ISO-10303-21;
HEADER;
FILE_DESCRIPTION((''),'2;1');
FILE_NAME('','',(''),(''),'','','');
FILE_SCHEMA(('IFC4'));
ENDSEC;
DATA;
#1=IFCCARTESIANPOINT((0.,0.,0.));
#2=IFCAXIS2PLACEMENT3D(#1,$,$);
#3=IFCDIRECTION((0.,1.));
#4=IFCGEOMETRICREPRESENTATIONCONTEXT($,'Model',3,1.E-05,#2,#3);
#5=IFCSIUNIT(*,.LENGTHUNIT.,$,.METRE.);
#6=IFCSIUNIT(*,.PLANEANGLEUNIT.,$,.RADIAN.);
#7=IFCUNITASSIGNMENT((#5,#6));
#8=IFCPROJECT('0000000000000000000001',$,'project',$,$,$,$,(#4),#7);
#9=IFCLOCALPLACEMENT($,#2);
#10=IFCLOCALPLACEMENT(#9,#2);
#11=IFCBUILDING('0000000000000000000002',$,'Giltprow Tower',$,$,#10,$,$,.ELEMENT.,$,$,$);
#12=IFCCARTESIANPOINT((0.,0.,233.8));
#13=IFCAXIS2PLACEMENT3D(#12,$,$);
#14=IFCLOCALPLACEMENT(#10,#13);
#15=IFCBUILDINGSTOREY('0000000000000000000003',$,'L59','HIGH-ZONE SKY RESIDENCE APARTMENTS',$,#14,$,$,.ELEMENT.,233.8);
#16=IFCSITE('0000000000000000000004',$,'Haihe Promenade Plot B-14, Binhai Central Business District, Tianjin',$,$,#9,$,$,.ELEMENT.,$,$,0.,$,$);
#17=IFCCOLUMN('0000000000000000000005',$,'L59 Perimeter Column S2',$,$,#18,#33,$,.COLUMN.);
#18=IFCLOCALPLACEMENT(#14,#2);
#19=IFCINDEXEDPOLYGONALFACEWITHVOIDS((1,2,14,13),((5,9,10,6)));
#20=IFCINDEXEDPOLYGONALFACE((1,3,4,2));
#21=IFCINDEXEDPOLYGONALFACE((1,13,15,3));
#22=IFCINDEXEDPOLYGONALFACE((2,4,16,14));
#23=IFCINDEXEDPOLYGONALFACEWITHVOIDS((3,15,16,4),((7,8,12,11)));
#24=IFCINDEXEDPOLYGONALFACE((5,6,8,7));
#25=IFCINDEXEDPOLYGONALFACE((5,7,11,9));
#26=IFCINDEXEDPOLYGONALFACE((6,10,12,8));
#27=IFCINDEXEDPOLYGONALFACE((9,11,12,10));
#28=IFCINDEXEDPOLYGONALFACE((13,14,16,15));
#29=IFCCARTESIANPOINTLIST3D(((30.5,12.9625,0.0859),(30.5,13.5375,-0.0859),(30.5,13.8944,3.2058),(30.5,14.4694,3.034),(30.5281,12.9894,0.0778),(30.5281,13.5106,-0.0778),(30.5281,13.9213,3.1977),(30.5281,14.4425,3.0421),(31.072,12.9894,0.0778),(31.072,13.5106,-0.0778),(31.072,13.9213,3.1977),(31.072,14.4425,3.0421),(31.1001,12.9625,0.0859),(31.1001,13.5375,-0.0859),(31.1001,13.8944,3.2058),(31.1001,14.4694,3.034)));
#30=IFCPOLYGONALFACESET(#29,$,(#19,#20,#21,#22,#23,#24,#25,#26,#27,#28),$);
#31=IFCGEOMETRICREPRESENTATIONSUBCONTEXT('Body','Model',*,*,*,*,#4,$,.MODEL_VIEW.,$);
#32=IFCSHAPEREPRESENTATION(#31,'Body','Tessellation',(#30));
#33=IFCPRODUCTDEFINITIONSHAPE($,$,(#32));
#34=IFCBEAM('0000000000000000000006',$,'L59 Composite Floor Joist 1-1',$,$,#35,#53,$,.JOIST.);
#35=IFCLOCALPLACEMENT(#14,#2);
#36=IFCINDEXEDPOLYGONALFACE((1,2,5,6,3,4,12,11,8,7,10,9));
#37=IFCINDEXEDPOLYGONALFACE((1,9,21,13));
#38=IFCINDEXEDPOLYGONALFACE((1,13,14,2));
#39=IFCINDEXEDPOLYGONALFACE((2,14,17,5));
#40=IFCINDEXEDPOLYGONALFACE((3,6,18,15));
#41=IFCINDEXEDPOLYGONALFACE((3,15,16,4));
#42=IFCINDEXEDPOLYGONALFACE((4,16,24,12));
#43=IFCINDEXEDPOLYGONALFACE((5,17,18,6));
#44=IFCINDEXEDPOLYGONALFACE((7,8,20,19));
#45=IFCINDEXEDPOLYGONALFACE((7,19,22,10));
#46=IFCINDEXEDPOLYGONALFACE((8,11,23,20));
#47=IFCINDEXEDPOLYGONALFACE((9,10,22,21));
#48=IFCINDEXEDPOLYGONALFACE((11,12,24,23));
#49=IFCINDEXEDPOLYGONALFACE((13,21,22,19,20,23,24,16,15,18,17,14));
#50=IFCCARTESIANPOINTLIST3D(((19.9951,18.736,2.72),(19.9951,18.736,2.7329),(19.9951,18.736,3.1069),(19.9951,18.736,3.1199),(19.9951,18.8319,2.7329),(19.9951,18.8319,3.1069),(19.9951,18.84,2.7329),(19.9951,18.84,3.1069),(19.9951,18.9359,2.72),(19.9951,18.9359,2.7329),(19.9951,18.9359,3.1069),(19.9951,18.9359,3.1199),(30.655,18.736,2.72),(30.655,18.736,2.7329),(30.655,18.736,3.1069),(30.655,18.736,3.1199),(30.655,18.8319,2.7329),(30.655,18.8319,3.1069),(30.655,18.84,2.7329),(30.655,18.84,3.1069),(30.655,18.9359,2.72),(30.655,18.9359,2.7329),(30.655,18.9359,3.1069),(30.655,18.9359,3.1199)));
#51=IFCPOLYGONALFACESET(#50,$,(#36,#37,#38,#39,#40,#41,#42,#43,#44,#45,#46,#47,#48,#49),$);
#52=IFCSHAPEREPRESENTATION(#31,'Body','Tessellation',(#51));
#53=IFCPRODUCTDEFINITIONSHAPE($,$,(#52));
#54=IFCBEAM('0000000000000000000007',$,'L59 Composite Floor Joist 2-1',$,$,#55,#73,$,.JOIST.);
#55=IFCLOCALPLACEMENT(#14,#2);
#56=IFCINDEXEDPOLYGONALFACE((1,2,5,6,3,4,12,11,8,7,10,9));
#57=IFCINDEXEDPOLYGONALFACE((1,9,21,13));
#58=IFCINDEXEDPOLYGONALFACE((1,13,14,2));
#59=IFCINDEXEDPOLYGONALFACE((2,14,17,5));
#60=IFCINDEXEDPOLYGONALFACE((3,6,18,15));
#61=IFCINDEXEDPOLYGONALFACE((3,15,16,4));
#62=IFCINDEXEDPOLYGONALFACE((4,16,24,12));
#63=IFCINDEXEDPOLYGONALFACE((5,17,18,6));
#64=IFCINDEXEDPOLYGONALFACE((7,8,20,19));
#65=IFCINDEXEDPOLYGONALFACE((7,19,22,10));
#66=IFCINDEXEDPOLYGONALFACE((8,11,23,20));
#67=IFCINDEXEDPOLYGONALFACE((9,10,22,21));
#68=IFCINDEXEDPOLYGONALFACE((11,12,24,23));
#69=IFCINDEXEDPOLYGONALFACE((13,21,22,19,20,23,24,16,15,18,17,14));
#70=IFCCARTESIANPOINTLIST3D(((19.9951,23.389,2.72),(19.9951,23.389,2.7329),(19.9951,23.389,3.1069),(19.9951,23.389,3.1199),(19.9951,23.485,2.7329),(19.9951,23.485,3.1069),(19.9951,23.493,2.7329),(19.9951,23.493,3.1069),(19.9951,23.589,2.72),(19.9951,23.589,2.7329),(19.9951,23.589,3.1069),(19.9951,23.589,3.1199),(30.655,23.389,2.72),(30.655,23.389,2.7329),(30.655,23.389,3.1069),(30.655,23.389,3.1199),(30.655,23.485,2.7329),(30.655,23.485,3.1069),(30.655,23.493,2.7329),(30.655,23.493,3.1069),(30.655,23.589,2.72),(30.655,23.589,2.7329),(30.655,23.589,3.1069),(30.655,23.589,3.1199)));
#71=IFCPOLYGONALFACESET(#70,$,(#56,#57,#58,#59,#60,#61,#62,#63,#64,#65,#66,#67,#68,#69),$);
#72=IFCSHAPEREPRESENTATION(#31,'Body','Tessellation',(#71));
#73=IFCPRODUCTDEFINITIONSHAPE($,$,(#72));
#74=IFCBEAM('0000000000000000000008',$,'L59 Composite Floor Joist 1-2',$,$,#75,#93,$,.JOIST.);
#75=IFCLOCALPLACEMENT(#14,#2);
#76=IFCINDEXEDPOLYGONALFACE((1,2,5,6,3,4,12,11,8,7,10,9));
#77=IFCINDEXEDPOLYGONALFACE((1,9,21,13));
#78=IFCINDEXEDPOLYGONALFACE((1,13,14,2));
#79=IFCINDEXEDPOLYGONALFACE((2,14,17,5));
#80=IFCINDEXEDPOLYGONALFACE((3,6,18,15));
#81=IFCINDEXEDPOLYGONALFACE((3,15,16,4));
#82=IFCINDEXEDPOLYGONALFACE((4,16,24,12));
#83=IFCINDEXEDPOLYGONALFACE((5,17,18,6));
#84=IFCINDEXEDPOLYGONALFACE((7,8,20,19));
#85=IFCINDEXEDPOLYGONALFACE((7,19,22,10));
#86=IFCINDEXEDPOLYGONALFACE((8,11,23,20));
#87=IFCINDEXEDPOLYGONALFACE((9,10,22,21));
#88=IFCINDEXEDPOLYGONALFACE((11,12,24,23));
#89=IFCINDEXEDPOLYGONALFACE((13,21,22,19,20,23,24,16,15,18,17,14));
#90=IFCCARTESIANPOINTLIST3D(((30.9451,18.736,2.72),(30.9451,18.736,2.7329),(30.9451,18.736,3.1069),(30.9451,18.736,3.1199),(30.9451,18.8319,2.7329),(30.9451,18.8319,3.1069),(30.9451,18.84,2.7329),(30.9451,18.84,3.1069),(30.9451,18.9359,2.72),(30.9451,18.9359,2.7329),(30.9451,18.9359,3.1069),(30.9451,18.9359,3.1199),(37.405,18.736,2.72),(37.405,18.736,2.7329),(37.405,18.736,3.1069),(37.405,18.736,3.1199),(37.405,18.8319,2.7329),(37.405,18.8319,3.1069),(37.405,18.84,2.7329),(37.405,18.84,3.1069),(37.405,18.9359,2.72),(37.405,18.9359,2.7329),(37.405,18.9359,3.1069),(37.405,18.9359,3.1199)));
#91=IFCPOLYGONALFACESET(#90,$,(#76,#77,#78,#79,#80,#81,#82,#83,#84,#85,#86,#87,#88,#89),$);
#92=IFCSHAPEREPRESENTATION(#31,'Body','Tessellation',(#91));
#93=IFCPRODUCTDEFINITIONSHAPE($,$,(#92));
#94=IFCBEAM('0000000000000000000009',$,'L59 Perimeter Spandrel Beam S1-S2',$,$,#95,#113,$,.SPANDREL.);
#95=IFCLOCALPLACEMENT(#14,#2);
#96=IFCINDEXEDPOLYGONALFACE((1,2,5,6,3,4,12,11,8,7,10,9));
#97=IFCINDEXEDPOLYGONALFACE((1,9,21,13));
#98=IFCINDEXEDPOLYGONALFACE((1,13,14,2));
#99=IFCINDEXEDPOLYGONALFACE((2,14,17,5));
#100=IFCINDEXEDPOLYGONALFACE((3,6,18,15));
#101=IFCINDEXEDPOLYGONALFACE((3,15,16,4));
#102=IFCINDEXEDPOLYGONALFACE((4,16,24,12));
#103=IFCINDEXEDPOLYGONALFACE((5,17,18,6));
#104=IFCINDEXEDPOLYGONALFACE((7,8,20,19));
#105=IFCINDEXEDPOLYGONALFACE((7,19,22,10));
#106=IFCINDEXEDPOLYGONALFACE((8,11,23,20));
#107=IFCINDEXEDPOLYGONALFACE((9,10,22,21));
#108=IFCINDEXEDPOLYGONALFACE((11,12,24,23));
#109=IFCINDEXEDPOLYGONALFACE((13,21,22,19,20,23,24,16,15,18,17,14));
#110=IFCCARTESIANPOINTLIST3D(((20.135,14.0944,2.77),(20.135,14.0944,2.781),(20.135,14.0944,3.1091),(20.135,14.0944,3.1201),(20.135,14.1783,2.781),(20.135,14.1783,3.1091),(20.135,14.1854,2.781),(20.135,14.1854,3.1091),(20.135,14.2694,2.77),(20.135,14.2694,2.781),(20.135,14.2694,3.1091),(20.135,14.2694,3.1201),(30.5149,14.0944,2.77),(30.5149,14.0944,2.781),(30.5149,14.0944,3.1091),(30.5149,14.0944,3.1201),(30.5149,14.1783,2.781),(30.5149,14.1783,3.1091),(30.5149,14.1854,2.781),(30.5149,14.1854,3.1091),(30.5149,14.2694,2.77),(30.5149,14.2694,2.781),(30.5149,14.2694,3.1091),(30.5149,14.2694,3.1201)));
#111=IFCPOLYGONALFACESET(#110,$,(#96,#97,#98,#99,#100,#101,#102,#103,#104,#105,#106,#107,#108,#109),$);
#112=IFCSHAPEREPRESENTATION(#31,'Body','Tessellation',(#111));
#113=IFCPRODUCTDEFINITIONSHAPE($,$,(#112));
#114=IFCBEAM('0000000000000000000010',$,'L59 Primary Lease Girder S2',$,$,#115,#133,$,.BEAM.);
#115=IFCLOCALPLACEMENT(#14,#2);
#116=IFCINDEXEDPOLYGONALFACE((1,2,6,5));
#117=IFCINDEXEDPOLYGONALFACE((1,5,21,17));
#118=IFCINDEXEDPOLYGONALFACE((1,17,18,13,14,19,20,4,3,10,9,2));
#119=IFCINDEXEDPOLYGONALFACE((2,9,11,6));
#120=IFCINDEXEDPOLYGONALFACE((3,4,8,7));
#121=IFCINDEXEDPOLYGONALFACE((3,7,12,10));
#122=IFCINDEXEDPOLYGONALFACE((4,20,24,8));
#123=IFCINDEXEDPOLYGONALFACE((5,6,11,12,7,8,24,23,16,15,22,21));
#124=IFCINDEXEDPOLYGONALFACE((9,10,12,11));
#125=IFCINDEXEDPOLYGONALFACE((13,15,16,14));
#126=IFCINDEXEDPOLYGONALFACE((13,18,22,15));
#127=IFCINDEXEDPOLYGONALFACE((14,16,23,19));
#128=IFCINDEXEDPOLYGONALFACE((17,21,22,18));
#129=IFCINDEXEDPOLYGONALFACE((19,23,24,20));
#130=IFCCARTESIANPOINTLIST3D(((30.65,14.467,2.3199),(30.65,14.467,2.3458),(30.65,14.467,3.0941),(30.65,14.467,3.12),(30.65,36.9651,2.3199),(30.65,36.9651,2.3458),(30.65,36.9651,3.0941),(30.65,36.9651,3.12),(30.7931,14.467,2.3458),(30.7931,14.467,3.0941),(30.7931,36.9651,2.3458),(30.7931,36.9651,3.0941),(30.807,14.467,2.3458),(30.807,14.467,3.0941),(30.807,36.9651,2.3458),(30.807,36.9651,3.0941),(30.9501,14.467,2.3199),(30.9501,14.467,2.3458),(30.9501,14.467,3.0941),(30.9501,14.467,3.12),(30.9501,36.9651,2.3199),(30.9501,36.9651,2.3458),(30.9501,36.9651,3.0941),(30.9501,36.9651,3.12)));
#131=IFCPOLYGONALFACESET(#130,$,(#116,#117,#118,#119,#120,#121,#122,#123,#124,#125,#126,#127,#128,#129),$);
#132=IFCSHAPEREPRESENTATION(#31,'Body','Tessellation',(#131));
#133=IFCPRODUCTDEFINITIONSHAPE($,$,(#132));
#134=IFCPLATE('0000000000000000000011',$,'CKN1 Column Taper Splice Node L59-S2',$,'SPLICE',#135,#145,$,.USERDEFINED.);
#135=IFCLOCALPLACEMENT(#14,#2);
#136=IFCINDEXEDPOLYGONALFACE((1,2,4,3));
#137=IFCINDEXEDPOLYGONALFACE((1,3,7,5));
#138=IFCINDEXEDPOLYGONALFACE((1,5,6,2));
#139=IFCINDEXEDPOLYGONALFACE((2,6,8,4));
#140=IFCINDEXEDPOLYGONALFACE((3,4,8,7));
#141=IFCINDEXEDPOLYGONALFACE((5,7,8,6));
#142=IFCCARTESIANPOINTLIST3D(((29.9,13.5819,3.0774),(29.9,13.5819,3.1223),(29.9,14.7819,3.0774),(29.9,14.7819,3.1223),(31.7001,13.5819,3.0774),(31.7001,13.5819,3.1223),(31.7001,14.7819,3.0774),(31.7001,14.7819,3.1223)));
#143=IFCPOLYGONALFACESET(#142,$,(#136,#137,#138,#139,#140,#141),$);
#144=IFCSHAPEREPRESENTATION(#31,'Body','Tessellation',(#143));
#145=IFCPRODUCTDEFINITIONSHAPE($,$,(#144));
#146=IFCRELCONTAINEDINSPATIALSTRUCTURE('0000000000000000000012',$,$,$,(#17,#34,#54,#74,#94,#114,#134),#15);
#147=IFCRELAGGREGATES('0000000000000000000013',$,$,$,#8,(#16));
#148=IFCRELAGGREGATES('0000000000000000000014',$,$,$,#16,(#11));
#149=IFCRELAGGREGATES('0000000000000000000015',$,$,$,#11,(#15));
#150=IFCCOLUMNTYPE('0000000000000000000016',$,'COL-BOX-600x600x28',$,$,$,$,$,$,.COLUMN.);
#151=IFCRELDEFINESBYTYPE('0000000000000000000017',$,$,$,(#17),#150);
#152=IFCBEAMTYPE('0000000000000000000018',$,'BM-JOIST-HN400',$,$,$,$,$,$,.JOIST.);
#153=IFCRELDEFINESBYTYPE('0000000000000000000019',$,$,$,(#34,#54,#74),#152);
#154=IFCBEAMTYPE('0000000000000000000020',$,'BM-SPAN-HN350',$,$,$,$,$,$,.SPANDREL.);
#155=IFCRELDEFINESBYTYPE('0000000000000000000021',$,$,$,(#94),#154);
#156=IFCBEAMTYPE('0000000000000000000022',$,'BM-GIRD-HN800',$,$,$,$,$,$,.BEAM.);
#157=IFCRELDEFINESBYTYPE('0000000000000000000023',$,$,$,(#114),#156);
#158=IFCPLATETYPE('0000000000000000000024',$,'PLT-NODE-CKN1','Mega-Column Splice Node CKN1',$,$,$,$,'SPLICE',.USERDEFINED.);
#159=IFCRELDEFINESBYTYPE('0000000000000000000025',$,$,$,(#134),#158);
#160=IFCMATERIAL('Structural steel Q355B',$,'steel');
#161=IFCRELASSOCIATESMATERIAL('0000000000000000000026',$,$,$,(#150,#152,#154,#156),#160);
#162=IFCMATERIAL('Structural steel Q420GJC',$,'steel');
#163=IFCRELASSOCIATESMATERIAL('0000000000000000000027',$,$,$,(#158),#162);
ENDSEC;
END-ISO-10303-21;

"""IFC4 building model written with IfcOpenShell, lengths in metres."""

from ifc_helpers import new_model, si_unit, direction, frame, origin, origin_2d, place, context, subcontext, project, spatial, rectangle, hollow_rectangle, i_section, extrude, source, transform, mapped, material, material_profile, profile_set, type_object, element, save


model = new_model("IFC4")

# Units and contexts
model_context = context("Model", 3, precision=1e-05, world=origin(), true_north=direction((0.0, 1.0)))
body_context = subcontext(model_context, "Body", "Model", "MODEL_VIEW")
ifc_project = project(units=[si_unit("LENGTHUNIT", "METRE"), si_unit("PLANEANGLEUNIT", "RADIAN")], contexts=[model_context])

# Site, building, storey
site_placement = place(None, origin())
site = spatial("IfcSite", under=ifc_project, at=site_placement, Name="Haihe Promenade Plot B-14, Binhai Central Business District, Tianjin", CompositionType="ELEMENT", RefElevation=0.0)
building_placement = place(site_placement, origin())
building = spatial("IfcBuilding", under=site, at=building_placement, Name="Giltprow Tower", CompositionType="ELEMENT")
storey_placement = place(building_placement, frame((0.0, 0.0, 233.8)))
storey = spatial("IfcBuildingStorey", under=building, at=storey_placement, Name="L59", Description="HIGH-ZONE SKY RESIDENCE APARTMENTS", CompositionType="ELEMENT", Elevation=233.8)

# Column
ifc_material_1 = material(Name="Structural steel Q355B", Category="steel")
ifc_material_profile_1 = material_profile(ifc_material_1, hollow_rectangle(XDim=0.6001, YDim=0.6001, WallThickness=0.0281, at=origin_2d()), Name="BOX 600x600x28")
ifc_profile_set_1 = profile_set([ifc_material_profile_1], Name="Structural steel Q355B")
column_type = type_object("IfcColumnType", Name="COL-BOX-600x600x28", PredefinedType="COLUMN", material=ifc_profile_set_1)
shared_shape_1 = source(origin(), body_context, "Body", "SweptSolid", [
    extrude(hollow_rectangle(XDim=0.6001, YDim=0.6001, WallThickness=0.0281, at=origin_2d()), origin(), (0.0, 0.0, 1.0), 3.2561),
])
column_placement = place(storey_placement, frame((30.8, 13.25, 0.0), z_axis=(0.0, 0.286199, 0.95817), x_axis=(-1.0, 0.0, 0.0)))
element("IfcColumn", 1, at=column_placement, inside=storey, type_object=column_type, Name="L59 Perimeter Column S2", PredefinedType="COLUMN", context=body_context, shape_type="MappedRepresentation", body=[
    mapped(shared_shape_1, transform((0.0, 0.0, 0.0), x_axis=(1.0, 0.0, 0.0), y_axis=(0.0, 1.0, 0.0), z_axis=(0.0, 0.0, 1.0), scale=1.0)),
])

# Beams
ifc_material_profile_2 = material_profile(ifc_material_1, i_section(OverallWidth=0.2, OverallDepth=0.3999, WebThickness=0.0081, FlangeThickness=0.0129, at=origin_2d()), Name="HN 400x200x8x13")
ifc_profile_set_2 = profile_set([ifc_material_profile_2], Name="Structural steel Q355B")
beam_type_1 = type_object("IfcBeamType", Name="BM-JOIST-HN400", PredefinedType="JOIST", material=ifc_profile_set_2)
shared_shape_2 = source(origin(), body_context, "Body", "SweptSolid", [
    extrude(i_section(OverallWidth=0.2, OverallDepth=0.3999, WebThickness=0.0081, FlangeThickness=0.0129, at=origin_2d()), origin(), (0.0, 0.0, 1.0), 10.6599),
])
for number, where, z_axis, x_axis, name in (
    (2, (19.9951, 18.8359, 2.9199), (1.0, 0.0, 0.0), (0.0, 1.0, 0.0), "L59 Composite Floor Joist 1-1"),
    (3, (19.9951, 23.489, 2.9199), (1.0, 0.0, 0.0), (0.0, 1.0, 0.0), "L59 Composite Floor Joist 2-1"),
):
    element("IfcBeam", number, at=place(storey_placement, frame(where, z_axis=z_axis, x_axis=x_axis)), inside=storey, type_object=beam_type_1, Name=name, PredefinedType="JOIST", context=body_context, shape_type="MappedRepresentation", body=[
        mapped(shared_shape_2, transform((0.0, 0.0, 0.0), x_axis=(1.0, 0.0, 0.0), y_axis=(0.0, 1.0, 0.0), z_axis=(0.0, 0.0, 1.0), scale=1.0)),
    ])
shared_shape_3 = source(origin(), body_context, "Body", "SweptSolid", [
    extrude(i_section(OverallWidth=0.2, OverallDepth=0.3999, WebThickness=0.0081, FlangeThickness=0.0129, at=origin_2d()), origin(), (0.0, 0.0, 1.0), 6.46),
])
beam_1_placement = place(storey_placement, frame((30.9451, 18.8359, 2.9199), z_axis=(1.0, 0.0, 0.0), x_axis=(0.0, 1.0, 0.0)))
element("IfcBeam", 4, at=beam_1_placement, inside=storey, type_object=beam_type_1, Name="L59 Composite Floor Joist 1-2", PredefinedType="JOIST", context=body_context, shape_type="MappedRepresentation", body=[
    mapped(shared_shape_3, transform((0.0, 0.0, 0.0), x_axis=(1.0, 0.0, 0.0), y_axis=(0.0, 1.0, 0.0), z_axis=(0.0, 0.0, 1.0), scale=1.0)),
])
ifc_material_profile_3 = material_profile(ifc_material_1, i_section(OverallWidth=0.175, OverallDepth=0.3501, WebThickness=0.0071, FlangeThickness=0.011, at=origin_2d()), Name="HN 350x175x7x11")
ifc_profile_set_3 = profile_set([ifc_material_profile_3], Name="Structural steel Q355B")
beam_type_2 = type_object("IfcBeamType", Name="BM-SPAN-HN350", PredefinedType="SPANDREL", material=ifc_profile_set_3)
shared_shape_4 = source(origin(), body_context, "Body", "SweptSolid", [
    extrude(i_section(OverallWidth=0.175, OverallDepth=0.3501, WebThickness=0.0071, FlangeThickness=0.011, at=origin_2d()), origin(), (0.0, 0.0, 1.0), 10.3799),
])
beam_2_placement = place(storey_placement, frame((20.135, 14.1819, 2.9451), z_axis=(1.0, 0.0, 0.0), x_axis=(0.0, 1.0, 0.0)))
element("IfcBeam", 5, at=beam_2_placement, inside=storey, type_object=beam_type_2, Name="L59 Perimeter Spandrel Beam S1-S2", PredefinedType="SPANDREL", context=body_context, shape_type="MappedRepresentation", body=[
    mapped(shared_shape_4, transform((0.0, 0.0, 0.0), x_axis=(1.0, 0.0, 0.0), y_axis=(0.0, 1.0, 0.0), z_axis=(0.0, 0.0, 1.0), scale=1.0)),
])
ifc_material_profile_4 = material_profile(ifc_material_1, i_section(OverallWidth=0.3, OverallDepth=0.8, WebThickness=0.0139, FlangeThickness=0.0259, at=origin_2d()), Name="HN 800x300x14x26")
ifc_profile_set_4 = profile_set([ifc_material_profile_4], Name="Structural steel Q355B")
beam_type_3 = type_object("IfcBeamType", Name="BM-GIRD-HN800", PredefinedType="BEAM", material=ifc_profile_set_4)
shared_shape_5 = source(origin(), body_context, "Body", "SweptSolid", [
    extrude(i_section(OverallWidth=0.3, OverallDepth=0.8, WebThickness=0.0139, FlangeThickness=0.0259, at=origin_2d()), origin(), (0.0, 0.0, 1.0), 22.498),
])
beam_3_placement = place(storey_placement, frame((30.8, 14.467, 2.72), z_axis=(0.0, 1.0, 0.0), x_axis=(-1.0, 0.0, 0.0)))
element("IfcBeam", 6, at=beam_3_placement, inside=storey, type_object=beam_type_3, Name="L59 Primary Lease Girder S2", PredefinedType="BEAM", context=body_context, shape_type="MappedRepresentation", body=[
    mapped(shared_shape_5, transform((0.0, 0.0, 0.0), x_axis=(1.0, 0.0, 0.0), y_axis=(0.0, 1.0, 0.0), z_axis=(0.0, 0.0, 1.0), scale=1.0)),
])

# Plate
ifc_material_2 = material(Name="Structural steel Q420GJC", Category="steel")
plate_type = type_object("IfcPlateType", Name="PLT-NODE-CKN1", Description="Mega-Column Splice Node CKN1", ElementType="SPLICE", PredefinedType="USERDEFINED", material=ifc_material_2)
shared_shape_6 = source(origin(), body_context, "Body", "SweptSolid", [
    extrude(rectangle(XDim=1.8, YDim=1.2, at=origin_2d()), origin(), (0.0, 0.0, 1.0), 0.0449),
])
plate_placement = place(storey_placement, frame((30.8, 14.1819, 3.0774), z_axis=(0.0, 0.0, 1.0), x_axis=(1.0, 0.0, 0.0)))
element("IfcPlate", 7, at=plate_placement, inside=storey, type_object=plate_type, Name="CKN1 Column Taper Splice Node L59-S2", ObjectType="SPLICE", PredefinedType="USERDEFINED", context=body_context, shape_type="MappedRepresentation", body=[
    mapped(shared_shape_6, transform((0.0, 0.0, 0.0), x_axis=(1.0, 0.0, 0.0), y_axis=(0.0, 1.0, 0.0), z_axis=(0.0, 0.0, 1.0), scale=1.0)),
])

save(model, "model.ifc")
